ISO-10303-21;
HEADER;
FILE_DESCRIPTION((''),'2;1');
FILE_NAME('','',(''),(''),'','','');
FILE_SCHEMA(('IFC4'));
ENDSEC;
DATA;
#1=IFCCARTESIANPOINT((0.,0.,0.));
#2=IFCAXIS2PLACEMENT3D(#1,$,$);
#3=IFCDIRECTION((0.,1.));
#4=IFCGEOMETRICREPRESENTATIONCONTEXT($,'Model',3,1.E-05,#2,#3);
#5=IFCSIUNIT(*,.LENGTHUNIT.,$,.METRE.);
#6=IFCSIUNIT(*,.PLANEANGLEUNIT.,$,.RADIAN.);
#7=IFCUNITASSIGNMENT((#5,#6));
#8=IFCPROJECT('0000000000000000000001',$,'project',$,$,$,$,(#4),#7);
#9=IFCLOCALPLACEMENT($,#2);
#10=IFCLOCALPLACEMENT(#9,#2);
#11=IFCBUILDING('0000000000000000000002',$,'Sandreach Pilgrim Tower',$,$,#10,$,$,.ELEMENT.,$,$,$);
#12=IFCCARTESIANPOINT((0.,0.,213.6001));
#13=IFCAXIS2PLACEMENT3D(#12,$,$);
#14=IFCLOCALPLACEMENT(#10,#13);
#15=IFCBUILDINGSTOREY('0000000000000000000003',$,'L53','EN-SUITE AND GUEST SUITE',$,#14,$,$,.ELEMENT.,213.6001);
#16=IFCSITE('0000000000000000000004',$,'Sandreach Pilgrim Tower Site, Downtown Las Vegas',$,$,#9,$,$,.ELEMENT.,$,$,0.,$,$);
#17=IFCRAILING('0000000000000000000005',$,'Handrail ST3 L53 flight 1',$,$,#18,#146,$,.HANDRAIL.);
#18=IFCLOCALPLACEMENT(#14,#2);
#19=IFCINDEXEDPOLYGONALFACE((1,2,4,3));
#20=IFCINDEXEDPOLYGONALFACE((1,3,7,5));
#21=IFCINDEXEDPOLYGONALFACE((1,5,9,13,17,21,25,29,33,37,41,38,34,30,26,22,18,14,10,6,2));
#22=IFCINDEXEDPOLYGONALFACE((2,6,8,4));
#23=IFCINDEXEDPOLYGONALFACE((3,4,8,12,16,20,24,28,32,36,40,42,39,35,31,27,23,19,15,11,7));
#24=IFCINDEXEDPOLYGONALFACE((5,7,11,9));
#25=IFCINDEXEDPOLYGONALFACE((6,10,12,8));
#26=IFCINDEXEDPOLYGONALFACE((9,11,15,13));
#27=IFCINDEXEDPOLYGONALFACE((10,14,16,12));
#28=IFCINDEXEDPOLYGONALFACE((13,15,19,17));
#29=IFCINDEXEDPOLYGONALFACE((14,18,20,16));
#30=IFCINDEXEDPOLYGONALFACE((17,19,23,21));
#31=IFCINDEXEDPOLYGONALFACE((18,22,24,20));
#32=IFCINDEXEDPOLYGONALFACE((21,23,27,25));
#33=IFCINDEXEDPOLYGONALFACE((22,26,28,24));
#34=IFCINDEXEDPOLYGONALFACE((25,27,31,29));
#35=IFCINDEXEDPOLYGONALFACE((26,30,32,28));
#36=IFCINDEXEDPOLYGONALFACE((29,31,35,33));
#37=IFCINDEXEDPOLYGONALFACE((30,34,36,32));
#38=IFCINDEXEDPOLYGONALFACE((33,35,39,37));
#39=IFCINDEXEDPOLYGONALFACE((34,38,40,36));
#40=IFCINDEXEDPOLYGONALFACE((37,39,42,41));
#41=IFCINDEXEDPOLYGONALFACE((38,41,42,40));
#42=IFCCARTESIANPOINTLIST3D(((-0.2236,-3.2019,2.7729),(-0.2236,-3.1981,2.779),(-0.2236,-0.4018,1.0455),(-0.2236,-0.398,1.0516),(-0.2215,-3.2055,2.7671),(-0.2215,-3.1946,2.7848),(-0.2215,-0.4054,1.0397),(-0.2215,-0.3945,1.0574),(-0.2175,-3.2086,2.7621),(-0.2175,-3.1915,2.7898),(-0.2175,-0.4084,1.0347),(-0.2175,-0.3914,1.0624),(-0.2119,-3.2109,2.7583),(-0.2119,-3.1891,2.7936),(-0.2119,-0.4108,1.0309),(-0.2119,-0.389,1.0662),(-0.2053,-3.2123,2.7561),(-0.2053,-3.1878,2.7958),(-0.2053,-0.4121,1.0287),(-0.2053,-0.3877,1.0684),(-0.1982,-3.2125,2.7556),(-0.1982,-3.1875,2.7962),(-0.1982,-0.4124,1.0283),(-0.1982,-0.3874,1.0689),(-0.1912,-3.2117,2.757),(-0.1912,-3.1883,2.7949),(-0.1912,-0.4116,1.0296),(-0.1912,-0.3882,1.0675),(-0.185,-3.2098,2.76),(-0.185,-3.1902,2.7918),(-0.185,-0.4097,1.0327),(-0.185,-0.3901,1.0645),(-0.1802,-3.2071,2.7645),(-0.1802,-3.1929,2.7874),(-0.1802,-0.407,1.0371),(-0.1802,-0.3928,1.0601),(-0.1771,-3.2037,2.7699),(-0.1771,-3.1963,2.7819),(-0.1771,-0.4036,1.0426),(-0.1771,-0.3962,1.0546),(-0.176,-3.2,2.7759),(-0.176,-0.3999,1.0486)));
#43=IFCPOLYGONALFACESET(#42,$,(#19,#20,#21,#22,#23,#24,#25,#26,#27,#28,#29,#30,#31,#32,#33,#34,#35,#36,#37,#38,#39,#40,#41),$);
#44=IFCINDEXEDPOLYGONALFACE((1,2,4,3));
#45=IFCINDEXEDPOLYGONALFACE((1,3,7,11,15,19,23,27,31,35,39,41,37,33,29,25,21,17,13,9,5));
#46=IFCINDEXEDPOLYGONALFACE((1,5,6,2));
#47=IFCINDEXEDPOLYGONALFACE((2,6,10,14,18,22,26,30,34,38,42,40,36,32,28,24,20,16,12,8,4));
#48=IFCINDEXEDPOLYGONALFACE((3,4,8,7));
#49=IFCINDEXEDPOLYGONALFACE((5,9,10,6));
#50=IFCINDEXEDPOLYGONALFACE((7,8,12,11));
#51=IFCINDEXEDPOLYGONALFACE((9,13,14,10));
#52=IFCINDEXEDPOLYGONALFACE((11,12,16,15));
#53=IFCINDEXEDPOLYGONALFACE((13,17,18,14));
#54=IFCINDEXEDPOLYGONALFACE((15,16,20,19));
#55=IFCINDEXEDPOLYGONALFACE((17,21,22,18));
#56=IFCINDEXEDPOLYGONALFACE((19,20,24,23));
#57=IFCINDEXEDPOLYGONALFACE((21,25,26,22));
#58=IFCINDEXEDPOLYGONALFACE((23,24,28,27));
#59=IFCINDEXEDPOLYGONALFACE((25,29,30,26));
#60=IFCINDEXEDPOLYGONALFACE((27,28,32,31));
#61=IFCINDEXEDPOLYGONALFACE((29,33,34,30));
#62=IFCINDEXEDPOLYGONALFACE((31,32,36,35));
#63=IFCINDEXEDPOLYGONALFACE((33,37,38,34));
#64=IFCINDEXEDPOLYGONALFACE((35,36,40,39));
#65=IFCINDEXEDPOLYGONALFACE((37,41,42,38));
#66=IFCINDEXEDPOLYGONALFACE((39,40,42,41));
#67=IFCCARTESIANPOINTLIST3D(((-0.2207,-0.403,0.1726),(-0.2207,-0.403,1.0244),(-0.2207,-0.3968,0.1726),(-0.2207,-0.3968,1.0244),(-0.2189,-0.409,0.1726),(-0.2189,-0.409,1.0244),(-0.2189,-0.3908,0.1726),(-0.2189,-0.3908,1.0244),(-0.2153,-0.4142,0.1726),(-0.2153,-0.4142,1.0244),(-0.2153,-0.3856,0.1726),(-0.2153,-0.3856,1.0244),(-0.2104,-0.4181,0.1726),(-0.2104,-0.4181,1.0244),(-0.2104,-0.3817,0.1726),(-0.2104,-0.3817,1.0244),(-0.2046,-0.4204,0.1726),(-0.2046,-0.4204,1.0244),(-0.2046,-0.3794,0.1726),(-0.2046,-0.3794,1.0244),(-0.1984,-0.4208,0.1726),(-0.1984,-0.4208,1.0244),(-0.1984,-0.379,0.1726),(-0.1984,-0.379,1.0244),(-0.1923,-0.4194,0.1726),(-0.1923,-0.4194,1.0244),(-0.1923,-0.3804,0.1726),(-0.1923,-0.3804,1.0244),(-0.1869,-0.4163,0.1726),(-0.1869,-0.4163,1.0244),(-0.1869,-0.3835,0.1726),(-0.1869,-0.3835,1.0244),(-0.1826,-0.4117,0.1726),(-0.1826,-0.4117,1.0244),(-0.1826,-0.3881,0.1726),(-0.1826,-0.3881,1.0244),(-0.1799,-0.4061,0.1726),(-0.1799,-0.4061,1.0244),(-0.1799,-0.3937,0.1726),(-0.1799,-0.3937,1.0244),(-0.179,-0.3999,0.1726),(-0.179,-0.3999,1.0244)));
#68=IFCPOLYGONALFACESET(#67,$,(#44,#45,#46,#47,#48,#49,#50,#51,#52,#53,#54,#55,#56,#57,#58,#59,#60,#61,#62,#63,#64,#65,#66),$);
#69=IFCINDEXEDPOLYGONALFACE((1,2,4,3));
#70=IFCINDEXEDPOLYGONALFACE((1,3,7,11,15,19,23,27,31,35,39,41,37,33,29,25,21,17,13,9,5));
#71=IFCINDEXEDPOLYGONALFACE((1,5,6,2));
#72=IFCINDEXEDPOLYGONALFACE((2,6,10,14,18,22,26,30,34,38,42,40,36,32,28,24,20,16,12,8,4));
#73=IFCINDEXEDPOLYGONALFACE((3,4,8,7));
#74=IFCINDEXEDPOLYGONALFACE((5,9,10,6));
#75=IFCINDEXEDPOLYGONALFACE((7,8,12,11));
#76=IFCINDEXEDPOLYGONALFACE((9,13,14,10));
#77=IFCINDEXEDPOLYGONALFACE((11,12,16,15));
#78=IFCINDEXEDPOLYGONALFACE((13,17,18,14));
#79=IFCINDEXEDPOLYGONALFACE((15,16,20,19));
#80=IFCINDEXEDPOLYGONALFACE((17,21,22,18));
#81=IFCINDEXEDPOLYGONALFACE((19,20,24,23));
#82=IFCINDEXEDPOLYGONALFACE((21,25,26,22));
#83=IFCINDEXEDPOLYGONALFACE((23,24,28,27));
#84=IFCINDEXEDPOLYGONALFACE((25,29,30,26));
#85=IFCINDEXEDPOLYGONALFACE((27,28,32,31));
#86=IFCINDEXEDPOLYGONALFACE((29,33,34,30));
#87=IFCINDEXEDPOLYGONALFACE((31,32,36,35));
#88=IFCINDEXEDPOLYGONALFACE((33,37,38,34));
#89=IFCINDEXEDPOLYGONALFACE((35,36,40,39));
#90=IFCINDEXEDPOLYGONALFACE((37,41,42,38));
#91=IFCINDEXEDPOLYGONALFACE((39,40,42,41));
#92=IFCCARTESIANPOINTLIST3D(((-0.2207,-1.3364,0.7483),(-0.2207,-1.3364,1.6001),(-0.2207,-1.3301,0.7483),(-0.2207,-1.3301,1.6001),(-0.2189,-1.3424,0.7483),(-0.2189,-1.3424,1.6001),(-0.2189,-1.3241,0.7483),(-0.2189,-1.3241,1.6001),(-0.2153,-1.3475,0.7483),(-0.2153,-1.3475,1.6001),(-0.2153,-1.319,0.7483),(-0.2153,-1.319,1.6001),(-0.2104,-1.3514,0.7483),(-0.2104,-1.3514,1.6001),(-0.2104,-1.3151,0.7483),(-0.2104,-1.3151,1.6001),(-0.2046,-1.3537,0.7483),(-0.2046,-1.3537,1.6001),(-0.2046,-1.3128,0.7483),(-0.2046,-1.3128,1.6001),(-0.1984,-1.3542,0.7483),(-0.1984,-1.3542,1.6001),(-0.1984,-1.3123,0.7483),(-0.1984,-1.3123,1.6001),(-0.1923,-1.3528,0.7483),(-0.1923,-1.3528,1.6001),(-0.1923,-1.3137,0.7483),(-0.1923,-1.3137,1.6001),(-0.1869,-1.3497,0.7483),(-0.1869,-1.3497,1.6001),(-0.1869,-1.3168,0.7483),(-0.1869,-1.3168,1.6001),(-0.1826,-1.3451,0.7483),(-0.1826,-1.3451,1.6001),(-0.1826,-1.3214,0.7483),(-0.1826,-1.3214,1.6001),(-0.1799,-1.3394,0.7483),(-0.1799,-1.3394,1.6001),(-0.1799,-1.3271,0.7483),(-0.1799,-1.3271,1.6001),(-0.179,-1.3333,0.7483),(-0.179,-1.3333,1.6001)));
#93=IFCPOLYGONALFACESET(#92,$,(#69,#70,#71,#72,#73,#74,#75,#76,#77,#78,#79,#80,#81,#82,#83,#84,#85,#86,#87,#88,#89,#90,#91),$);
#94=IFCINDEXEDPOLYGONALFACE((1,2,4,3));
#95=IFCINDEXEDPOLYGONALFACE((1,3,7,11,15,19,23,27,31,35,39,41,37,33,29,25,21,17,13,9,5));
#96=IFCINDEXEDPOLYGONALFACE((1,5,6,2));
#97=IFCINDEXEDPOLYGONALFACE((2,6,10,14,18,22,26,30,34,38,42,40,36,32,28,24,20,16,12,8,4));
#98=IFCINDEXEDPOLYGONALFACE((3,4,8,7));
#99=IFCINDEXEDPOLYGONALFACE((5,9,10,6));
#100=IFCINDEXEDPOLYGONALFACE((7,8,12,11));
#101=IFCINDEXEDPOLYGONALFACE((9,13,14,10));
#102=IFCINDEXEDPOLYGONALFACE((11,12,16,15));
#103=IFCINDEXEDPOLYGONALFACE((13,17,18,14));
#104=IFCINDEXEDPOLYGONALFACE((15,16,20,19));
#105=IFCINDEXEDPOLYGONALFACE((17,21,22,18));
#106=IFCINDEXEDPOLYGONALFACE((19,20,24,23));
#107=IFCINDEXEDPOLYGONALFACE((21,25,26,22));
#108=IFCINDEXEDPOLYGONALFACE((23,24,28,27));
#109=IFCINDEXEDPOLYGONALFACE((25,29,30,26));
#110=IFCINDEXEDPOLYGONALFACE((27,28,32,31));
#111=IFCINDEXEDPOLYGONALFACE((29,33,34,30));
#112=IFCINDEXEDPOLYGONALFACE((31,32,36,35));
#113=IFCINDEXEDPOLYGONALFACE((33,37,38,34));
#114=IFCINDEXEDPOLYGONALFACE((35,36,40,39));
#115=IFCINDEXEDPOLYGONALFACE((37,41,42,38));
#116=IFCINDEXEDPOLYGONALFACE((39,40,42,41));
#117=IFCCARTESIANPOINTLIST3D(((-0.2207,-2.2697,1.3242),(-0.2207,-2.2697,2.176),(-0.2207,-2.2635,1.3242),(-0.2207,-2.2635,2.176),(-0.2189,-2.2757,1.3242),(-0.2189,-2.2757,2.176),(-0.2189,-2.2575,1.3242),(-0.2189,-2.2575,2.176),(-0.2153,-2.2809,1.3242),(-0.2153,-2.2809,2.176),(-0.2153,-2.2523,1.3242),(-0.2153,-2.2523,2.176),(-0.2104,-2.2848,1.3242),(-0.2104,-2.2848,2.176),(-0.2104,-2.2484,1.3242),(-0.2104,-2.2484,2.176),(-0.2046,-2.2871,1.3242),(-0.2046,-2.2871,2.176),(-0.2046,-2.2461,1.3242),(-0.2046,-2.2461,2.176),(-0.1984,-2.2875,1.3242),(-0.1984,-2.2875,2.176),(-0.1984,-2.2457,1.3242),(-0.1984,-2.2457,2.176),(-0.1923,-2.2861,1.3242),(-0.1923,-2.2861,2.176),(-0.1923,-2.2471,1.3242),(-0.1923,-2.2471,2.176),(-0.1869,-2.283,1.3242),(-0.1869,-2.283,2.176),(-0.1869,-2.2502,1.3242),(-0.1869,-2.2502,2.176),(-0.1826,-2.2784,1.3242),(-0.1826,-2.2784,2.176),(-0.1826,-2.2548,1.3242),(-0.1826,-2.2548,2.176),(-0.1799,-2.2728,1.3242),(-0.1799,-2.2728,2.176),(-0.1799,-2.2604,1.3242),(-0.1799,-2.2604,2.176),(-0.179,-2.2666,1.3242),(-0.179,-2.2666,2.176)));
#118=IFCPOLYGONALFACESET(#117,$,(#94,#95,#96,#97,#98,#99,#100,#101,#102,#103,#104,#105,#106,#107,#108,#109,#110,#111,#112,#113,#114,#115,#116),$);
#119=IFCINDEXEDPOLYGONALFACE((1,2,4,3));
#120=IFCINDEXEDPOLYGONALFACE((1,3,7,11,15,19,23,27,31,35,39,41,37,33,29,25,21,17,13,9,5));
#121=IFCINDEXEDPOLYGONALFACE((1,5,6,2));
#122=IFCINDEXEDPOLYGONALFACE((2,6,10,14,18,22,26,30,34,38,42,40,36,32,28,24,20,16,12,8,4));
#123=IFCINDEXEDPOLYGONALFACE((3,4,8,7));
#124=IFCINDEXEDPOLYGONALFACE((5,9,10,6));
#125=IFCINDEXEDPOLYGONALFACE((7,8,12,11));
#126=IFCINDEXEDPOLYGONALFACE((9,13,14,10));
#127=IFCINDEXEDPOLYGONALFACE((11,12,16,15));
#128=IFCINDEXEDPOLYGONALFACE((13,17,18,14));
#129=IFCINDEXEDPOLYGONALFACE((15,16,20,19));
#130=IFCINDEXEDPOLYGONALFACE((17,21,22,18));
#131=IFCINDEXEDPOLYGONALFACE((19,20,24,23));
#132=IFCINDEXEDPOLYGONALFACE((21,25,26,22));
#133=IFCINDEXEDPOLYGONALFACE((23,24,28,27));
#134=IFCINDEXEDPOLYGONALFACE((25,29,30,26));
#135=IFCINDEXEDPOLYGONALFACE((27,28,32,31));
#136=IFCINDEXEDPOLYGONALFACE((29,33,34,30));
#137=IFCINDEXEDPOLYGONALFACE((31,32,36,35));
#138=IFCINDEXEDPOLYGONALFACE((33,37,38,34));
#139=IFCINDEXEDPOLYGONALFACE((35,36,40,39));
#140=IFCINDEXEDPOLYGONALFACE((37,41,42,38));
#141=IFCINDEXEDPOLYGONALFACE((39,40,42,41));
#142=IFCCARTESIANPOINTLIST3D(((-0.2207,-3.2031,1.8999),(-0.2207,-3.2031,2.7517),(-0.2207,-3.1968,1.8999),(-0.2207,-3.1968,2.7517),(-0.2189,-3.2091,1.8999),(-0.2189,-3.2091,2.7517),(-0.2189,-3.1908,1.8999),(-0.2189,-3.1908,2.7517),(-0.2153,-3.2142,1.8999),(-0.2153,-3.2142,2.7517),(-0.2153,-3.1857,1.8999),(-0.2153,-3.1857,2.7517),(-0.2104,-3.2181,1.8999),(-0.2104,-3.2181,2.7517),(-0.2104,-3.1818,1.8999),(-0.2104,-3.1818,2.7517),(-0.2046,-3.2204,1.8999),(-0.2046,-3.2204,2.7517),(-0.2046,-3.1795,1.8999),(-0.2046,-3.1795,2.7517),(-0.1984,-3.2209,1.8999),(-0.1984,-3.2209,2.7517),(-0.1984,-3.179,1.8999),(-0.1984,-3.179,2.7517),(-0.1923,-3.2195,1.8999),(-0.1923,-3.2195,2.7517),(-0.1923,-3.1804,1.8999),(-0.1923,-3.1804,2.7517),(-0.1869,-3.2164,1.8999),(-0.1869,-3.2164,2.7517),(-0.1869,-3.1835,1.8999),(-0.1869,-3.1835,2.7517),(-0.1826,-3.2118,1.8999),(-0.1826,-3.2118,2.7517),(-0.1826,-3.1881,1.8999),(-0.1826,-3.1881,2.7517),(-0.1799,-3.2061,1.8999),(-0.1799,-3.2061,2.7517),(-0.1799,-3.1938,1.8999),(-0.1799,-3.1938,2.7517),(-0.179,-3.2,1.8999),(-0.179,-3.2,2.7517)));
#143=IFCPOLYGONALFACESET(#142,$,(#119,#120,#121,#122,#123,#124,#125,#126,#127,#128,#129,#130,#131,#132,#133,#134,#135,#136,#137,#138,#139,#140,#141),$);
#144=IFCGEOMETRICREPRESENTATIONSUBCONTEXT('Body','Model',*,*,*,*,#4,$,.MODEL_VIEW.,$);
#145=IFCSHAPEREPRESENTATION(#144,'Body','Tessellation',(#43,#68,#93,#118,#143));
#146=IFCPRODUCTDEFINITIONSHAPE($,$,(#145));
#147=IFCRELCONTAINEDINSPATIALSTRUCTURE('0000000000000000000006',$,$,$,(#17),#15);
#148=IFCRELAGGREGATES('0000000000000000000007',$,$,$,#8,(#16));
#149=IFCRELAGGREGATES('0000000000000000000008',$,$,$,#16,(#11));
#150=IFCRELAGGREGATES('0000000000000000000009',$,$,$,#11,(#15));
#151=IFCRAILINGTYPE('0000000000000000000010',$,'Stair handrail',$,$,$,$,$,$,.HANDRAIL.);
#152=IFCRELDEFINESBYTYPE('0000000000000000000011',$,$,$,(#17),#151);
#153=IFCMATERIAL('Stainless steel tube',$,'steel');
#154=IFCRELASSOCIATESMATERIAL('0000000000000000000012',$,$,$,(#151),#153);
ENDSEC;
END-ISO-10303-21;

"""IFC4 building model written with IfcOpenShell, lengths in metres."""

from ifc_helpers import new_model, si_unit, direction, frame, origin, origin_2d, place, context, subcontext, project, spatial, circle, extrude, material, type_object, element, save


model = new_model("IFC4")

# Units and contexts
model_context = context("Model", 3, precision=1e-05, world=origin(), true_north=direction((0.0, 1.0)))
body_context = subcontext(model_context, "Body", "Model", "MODEL_VIEW")
ifc_project = project(units=[si_unit("LENGTHUNIT", "METRE"), si_unit("PLANEANGLEUNIT", "RADIAN")], contexts=[model_context])

# Site, building, storey
site_placement = place(None, origin())
site = spatial("IfcSite", under=ifc_project, at=site_placement, Name="Sandreach Pilgrim Tower Site, Downtown Las Vegas", CompositionType="ELEMENT", RefElevation=0.0)
building_placement = place(site_placement, origin())
building = spatial("IfcBuilding", under=site, at=building_placement, Name="Sandreach Pilgrim Tower", CompositionType="ELEMENT")
storey_placement = place(building_placement, frame((0.0, 0.0, 213.6001)))
storey = spatial("IfcBuildingStorey", under=building, at=storey_placement, Name="L53", Description="EN-SUITE AND GUEST SUITE", CompositionType="ELEMENT", Elevation=213.6001)

# Railing
ifc_material_1 = material(Name="Stainless steel tube", Category="steel")
railing_type = type_object("IfcRailingType", Name="Stair handrail", PredefinedType="HANDRAIL", material=ifc_material_1)
for number, where, name in (
    (1, (-0.2, -0.3999, 0.1726), "Handrail ST3 L53 flight 1"),
):
    element("IfcRailing", number, at=place(storey_placement, frame(where)), inside=storey, type_object=railing_type, Name=name, PredefinedType="HANDRAIL", context=body_context, shape_type="SweptSolid", body=[
        extrude(circle(Radius=0.0239, at=origin_2d()), frame((0.0, 0.0, 0.876), z_axis=(0.0, -0.85109, 0.52502), x_axis=(1.0, 0.0, 0.0)), (0.0, 0.0, 1.0), 3.29),
        extrude(circle(Radius=0.021, at=origin_2d()), origin(), (0.0, 0.0, 1.0), 0.8518),
        extrude(circle(Radius=0.021, at=origin_2d()), frame((0.0, -0.9333, 0.5757)), (0.0, 0.0, 1.0), 0.8518),
        extrude(circle(Radius=0.021, at=origin_2d()), frame((0.0, -1.8667, 1.1516)), (0.0, 0.0, 1.0), 0.8518),
        extrude(circle(Radius=0.021, at=origin_2d()), frame((0.0, -2.8, 1.7273)), (0.0, 0.0, 1.0), 0.8518),
    ])

save(model, "model.ifc")
